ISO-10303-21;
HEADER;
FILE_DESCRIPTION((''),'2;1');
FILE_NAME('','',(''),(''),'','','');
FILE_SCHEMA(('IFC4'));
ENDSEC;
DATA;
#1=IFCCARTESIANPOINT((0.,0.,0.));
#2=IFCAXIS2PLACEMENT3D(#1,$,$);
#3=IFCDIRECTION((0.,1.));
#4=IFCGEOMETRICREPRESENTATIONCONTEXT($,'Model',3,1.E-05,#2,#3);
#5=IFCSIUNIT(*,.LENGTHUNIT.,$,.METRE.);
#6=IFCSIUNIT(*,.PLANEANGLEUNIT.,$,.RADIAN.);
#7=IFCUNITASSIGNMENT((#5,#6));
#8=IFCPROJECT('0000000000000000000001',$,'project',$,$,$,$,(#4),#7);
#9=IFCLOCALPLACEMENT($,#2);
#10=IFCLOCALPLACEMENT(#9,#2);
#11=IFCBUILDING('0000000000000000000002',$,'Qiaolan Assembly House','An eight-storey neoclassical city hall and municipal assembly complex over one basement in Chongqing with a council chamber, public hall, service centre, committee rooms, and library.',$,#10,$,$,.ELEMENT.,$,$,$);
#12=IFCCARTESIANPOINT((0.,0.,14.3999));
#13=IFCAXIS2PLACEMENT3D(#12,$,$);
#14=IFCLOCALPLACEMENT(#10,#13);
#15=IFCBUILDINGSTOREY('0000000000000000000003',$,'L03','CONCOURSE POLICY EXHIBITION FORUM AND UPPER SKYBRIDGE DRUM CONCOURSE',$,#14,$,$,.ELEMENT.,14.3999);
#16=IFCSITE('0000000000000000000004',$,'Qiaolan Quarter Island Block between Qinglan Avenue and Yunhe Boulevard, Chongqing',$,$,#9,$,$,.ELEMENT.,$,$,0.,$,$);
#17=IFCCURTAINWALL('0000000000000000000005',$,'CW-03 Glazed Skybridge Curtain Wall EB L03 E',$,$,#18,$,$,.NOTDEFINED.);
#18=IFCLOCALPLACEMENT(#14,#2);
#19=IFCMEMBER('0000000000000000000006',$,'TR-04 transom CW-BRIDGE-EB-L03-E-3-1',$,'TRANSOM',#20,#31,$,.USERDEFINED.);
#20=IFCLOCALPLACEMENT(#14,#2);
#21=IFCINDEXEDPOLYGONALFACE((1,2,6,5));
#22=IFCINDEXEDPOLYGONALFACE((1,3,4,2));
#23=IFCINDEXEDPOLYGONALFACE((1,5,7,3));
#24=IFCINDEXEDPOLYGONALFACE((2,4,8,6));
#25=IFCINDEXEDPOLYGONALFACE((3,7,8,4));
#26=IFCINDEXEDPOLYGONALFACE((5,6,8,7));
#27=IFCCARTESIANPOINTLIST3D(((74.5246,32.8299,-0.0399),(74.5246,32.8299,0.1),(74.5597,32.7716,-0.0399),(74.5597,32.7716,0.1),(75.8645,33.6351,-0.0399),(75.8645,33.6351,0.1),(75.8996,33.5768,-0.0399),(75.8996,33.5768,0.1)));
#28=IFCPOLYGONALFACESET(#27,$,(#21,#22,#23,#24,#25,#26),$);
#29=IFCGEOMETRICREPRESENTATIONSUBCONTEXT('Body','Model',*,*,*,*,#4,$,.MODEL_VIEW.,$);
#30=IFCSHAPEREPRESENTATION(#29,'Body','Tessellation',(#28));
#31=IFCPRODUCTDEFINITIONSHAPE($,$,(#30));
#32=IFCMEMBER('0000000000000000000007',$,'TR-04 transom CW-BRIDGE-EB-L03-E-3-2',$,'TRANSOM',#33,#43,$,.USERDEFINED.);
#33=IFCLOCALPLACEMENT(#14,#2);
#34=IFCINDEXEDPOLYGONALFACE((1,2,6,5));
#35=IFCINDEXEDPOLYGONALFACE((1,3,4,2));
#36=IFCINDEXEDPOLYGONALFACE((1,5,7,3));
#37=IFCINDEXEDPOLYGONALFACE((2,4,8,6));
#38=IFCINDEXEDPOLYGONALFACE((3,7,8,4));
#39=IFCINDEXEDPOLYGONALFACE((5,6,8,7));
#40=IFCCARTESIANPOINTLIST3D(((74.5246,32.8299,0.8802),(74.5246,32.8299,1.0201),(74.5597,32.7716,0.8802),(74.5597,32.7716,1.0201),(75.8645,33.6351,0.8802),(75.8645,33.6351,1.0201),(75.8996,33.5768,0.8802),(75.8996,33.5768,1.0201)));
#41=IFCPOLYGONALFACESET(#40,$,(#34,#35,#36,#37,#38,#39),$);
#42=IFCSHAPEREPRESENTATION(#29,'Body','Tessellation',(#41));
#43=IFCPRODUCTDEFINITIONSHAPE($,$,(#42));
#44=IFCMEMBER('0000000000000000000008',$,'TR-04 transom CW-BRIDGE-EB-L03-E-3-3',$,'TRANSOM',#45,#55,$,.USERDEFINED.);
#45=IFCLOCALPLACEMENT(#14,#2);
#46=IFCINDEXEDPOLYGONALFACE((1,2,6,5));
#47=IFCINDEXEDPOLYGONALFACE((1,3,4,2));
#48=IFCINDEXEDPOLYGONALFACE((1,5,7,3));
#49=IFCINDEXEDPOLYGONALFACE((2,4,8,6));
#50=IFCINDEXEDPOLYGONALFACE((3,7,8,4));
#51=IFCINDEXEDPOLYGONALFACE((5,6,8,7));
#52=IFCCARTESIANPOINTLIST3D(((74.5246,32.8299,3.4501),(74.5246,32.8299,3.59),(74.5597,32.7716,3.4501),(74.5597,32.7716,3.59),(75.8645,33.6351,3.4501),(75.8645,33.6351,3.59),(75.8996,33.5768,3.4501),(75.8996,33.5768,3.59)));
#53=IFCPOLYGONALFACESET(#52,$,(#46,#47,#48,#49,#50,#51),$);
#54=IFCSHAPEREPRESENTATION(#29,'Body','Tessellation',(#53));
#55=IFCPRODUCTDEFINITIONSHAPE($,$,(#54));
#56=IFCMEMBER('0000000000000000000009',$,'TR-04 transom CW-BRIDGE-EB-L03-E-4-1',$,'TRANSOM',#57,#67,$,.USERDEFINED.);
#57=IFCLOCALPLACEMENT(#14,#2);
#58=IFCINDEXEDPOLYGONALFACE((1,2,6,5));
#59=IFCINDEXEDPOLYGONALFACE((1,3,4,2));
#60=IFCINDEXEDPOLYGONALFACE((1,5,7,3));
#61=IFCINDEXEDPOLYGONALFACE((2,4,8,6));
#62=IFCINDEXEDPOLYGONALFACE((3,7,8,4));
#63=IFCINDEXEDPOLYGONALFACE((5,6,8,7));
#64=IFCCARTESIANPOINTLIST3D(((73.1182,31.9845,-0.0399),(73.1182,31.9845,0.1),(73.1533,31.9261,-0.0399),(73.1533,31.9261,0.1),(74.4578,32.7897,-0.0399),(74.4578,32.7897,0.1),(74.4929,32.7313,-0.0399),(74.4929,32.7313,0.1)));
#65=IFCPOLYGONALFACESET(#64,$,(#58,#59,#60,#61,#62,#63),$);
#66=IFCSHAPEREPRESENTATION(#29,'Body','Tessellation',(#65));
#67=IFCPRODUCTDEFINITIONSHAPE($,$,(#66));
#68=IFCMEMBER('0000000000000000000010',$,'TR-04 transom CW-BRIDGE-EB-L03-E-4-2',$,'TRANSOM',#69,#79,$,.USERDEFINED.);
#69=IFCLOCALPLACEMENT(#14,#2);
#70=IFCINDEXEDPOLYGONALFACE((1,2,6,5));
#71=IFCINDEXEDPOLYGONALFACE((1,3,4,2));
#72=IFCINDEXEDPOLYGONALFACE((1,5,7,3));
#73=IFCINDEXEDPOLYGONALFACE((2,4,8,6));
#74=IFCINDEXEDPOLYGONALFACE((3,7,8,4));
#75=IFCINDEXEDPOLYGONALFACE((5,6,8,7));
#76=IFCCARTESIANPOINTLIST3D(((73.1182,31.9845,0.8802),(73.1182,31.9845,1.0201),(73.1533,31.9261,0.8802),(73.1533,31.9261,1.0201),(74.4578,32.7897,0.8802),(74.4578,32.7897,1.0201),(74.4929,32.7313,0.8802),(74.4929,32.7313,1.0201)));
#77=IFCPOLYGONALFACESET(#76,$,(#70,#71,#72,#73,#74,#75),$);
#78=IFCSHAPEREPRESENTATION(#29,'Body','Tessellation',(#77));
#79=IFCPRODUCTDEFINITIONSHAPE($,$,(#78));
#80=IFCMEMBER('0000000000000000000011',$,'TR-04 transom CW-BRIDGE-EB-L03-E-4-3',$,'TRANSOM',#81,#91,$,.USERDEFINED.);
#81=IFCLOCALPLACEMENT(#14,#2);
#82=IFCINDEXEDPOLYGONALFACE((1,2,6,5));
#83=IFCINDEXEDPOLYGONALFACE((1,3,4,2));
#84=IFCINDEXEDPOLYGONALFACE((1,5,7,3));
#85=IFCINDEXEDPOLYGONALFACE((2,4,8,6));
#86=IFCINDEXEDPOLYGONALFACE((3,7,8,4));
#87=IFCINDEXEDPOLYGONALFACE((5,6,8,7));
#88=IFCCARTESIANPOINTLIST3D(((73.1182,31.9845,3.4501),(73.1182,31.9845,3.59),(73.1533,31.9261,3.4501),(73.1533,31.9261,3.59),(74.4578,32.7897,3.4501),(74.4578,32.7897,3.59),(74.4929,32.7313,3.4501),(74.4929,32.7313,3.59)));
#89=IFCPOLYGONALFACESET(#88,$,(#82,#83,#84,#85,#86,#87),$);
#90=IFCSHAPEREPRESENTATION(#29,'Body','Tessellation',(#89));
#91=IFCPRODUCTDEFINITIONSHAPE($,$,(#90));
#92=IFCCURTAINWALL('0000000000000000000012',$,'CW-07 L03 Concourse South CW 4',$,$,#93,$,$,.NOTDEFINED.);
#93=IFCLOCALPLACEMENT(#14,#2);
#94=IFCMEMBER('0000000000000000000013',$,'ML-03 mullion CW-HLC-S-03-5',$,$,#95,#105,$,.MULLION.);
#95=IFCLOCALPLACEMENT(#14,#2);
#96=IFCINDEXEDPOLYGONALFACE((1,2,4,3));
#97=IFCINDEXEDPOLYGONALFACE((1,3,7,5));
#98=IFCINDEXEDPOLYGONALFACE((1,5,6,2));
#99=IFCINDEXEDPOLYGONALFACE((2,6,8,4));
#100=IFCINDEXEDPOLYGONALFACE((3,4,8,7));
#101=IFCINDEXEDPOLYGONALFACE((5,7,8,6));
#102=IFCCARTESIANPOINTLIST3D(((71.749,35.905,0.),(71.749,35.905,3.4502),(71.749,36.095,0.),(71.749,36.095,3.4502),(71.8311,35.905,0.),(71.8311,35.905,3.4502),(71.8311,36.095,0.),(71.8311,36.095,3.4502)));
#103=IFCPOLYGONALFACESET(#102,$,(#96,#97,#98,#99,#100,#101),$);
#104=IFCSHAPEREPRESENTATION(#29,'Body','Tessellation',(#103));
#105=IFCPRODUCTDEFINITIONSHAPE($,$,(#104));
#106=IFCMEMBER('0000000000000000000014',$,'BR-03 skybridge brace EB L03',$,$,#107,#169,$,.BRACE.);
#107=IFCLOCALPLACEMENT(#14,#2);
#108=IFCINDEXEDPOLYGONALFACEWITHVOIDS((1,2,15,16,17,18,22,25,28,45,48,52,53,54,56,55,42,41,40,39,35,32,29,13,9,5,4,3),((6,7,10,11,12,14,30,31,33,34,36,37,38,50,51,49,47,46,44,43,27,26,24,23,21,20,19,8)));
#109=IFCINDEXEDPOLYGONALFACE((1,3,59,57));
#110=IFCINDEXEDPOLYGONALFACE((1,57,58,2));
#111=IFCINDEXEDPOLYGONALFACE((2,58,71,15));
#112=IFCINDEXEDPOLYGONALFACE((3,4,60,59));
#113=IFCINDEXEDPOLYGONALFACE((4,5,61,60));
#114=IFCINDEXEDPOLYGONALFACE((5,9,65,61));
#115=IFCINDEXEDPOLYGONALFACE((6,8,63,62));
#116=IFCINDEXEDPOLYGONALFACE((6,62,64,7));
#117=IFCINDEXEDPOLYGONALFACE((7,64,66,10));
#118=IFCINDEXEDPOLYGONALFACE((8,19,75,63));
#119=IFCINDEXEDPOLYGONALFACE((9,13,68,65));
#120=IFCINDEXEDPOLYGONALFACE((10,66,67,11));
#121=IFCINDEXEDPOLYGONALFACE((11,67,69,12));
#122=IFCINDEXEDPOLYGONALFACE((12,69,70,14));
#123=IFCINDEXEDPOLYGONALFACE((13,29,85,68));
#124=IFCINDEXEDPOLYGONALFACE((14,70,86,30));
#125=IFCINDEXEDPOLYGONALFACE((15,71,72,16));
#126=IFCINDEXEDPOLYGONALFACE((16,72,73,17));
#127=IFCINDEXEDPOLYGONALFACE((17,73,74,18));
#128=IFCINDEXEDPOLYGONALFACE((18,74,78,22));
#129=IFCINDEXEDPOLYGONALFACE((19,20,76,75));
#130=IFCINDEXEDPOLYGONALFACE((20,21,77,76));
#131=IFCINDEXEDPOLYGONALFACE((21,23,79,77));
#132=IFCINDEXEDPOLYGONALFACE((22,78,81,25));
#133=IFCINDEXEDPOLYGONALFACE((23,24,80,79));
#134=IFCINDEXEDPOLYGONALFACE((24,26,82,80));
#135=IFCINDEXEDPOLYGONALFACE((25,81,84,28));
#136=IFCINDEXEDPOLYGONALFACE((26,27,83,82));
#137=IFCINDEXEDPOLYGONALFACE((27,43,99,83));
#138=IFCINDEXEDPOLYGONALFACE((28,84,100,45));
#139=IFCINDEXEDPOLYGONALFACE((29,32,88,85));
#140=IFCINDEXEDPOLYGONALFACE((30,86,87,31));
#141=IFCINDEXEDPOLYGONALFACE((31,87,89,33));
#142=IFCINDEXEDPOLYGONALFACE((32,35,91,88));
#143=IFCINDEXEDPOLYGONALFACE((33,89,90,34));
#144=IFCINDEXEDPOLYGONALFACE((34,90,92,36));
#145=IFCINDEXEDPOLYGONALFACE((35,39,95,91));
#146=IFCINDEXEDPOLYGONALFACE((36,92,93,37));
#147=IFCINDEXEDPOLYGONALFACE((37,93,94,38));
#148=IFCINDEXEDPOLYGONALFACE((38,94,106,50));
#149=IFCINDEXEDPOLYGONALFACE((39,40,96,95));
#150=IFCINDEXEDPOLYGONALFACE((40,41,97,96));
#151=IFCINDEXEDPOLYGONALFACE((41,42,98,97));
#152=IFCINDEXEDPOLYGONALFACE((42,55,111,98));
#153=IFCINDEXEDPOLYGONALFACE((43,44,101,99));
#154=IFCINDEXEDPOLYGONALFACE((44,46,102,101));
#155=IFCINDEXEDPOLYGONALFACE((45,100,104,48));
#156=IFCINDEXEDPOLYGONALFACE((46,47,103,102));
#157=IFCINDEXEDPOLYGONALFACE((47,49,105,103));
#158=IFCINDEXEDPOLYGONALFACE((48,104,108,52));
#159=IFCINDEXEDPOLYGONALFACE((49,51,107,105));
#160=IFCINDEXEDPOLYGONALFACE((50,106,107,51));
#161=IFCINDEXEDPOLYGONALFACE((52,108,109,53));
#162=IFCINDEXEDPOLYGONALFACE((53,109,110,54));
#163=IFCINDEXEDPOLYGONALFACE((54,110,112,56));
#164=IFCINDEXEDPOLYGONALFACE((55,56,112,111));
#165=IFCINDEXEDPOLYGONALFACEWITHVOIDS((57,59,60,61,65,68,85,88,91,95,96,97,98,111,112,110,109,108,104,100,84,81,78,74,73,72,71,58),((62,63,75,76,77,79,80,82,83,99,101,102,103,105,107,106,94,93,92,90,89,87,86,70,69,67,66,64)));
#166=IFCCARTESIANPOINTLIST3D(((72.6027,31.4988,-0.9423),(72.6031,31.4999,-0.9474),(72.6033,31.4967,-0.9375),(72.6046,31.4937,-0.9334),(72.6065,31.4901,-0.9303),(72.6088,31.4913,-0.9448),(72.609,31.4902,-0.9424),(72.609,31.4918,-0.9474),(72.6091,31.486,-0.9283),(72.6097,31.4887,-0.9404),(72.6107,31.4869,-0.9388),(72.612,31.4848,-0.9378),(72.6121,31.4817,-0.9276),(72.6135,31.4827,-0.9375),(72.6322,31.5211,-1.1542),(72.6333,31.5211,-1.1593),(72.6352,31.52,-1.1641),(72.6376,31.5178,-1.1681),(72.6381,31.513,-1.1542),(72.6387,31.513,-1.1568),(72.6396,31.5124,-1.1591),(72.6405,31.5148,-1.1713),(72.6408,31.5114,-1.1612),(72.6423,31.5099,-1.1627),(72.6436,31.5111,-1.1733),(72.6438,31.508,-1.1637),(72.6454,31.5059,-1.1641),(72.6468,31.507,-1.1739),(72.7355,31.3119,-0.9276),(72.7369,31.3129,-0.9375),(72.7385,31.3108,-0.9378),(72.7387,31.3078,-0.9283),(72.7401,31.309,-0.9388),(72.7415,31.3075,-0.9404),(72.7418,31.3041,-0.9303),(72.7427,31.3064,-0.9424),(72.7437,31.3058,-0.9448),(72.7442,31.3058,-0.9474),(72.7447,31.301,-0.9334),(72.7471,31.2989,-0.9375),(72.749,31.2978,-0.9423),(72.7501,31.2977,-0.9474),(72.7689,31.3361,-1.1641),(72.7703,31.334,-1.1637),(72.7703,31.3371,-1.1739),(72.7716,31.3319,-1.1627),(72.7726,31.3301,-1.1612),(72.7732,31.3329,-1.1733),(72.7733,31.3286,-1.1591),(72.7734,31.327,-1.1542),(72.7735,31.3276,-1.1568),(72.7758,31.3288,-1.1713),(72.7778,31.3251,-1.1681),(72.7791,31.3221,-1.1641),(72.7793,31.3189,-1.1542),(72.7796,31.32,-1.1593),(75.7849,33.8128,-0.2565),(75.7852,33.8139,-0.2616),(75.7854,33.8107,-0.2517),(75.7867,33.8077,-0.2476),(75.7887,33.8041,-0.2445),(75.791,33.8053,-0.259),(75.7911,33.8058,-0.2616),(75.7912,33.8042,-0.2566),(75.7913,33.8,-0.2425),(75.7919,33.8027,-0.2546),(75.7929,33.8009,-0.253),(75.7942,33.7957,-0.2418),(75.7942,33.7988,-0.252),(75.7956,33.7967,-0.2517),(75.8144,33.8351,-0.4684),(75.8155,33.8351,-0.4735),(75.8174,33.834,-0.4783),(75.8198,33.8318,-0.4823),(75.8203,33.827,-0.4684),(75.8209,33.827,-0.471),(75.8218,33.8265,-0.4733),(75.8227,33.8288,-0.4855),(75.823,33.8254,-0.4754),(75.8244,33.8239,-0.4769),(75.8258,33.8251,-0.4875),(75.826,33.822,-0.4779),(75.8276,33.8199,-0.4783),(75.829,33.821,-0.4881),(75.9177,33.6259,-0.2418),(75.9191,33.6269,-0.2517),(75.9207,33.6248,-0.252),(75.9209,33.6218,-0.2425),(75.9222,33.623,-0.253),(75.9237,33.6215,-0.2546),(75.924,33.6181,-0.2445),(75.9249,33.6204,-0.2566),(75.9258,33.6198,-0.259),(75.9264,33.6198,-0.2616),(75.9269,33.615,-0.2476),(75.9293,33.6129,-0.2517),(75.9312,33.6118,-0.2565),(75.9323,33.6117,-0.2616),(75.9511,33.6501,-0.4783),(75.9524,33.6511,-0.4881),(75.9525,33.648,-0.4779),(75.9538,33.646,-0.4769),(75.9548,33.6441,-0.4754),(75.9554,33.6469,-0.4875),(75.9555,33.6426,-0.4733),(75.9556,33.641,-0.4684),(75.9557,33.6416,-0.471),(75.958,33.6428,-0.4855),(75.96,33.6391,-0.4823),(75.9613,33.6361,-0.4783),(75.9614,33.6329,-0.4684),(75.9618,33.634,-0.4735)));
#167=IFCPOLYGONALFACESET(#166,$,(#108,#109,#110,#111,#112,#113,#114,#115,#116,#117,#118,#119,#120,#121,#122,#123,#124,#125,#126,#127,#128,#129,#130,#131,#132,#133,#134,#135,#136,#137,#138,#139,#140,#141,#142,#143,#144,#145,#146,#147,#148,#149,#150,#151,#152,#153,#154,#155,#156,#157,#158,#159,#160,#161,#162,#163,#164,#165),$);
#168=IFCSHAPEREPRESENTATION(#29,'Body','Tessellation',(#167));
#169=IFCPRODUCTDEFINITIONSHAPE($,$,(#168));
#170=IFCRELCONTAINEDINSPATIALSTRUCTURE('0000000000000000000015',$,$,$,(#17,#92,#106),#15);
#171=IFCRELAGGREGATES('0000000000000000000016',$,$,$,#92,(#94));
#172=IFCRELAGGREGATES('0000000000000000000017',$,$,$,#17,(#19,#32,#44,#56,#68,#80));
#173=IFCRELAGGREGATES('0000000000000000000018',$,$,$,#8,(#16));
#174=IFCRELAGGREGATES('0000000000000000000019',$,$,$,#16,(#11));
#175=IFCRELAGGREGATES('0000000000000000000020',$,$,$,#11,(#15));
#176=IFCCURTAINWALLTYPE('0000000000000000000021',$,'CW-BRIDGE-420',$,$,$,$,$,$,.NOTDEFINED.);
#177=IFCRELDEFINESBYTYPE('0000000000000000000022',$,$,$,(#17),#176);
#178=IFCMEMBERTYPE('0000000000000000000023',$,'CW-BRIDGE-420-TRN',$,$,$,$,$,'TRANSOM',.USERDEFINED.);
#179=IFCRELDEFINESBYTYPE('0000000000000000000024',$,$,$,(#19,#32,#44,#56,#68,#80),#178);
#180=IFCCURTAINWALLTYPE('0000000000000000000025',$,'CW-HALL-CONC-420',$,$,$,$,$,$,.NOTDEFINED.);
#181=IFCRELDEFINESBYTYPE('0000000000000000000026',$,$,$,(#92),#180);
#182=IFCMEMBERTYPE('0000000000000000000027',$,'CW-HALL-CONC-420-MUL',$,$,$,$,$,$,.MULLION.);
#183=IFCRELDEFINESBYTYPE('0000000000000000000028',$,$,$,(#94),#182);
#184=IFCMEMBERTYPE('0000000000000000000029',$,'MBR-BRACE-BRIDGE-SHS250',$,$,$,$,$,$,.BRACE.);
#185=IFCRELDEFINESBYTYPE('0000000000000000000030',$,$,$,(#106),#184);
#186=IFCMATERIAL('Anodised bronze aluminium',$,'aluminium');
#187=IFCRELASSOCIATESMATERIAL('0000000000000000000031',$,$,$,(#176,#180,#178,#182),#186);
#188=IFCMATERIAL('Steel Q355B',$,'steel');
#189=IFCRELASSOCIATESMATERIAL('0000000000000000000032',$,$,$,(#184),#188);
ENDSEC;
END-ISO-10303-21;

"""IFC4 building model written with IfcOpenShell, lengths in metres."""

from ifc_helpers import new_model, si_unit, direction, frame, origin, origin_2d, place, context, subcontext, project, spatial, rectangle, hollow_rectangle, extrude, material, material_profile, profile_set, type_object, element, aggregate, save


model = new_model("IFC4")

# Units and contexts
model_context = context("Model", 3, precision=1e-05, world=origin(), true_north=direction((0.0, 1.0)))
body_context = subcontext(model_context, "Body", "Model", "MODEL_VIEW")
ifc_project = project(units=[si_unit("LENGTHUNIT", "METRE"), si_unit("PLANEANGLEUNIT", "RADIAN")], contexts=[model_context])

# Site, building, storey
site_placement = place(None, origin())
site = spatial("IfcSite", under=ifc_project, at=site_placement, Name="Qiaolan Quarter Island Block between Qinglan Avenue and Yunhe Boulevard, Chongqing", CompositionType="ELEMENT", RefElevation=0.0)
building_placement = place(site_placement, origin())
building = spatial("IfcBuilding", under=site, at=building_placement, Name="Qiaolan Assembly House", Description="An eight-storey neoclassical city hall and municipal assembly complex over one basement in Chongqing with a council chamber, public hall, service centre, committee rooms, and library.", CompositionType="ELEMENT")
storey_placement = place(building_placement, frame((0.0, 0.0, 14.3999)))
storey = spatial("IfcBuildingStorey", under=building, at=storey_placement, Name="L03", Description="CONCOURSE POLICY EXHIBITION FORUM AND UPPER SKYBRIDGE DRUM CONCOURSE", CompositionType="ELEMENT", Elevation=14.3999)

# Shared definitions
ifc_material_1 = material(Name="Steel Q355B", Category="steel")

# Shared definitions
ifc_material_2 = material(Name="Anodised bronze aluminium", Category="aluminium")
curtain_wall_type_1 = type_object("IfcCurtainWallType", Name="CW-BRIDGE-420", PredefinedType="NOTDEFINED", material=ifc_material_2)

# Curtain wall
curtain_wall_1_placement = place(storey_placement, origin())
curtain_wall_1 = element("IfcCurtainWall", 1, at=curtain_wall_1_placement, inside=storey, type_object=curtain_wall_type_1, Name="CW-03 Glazed Skybridge Curtain Wall EB L03 E", PredefinedType="NOTDEFINED")

# Members
ifc_material_profile_1 = material_profile(ifc_material_2, rectangle(XDim=0.0681, YDim=0.1399, at=origin_2d()), Name="TRN 68x140")
ifc_profile_set_1 = profile_set([ifc_material_profile_1], Name="Anodised bronze aluminium")
member_type_1 = type_object("IfcMemberType", Name="CW-BRIDGE-420-TRN", ElementType="TRANSOM", PredefinedType="USERDEFINED", material=ifc_profile_set_1)
member_1_placement = place(storey_placement, frame((75.8821, 33.606, 0.03), z_axis=(-0.857134, -0.515093, 0.0), x_axis=(0.515093, -0.857134, 0.0)))
member_1 = element("IfcMember", 2, at=member_1_placement, type_object=member_type_1, Name="TR-04 transom CW-BRIDGE-EB-L03-E-3-1", ObjectType="TRANSOM", PredefinedType="USERDEFINED", context=body_context, shape_type="SweptSolid", body=[
    extrude(rectangle(XDim=0.0681, YDim=0.1399, at=origin_2d()), origin(), (0.0, 0.0, 1.0), 1.5632),
])
member_2_placement = place(storey_placement, frame((75.8821, 33.606, 0.9502), z_axis=(-0.857134, -0.515093, 0.0), x_axis=(0.515093, -0.857134, 0.0)))
member_2 = element("IfcMember", 3, at=member_2_placement, type_object=member_type_1, Name="TR-04 transom CW-BRIDGE-EB-L03-E-3-2", ObjectType="TRANSOM", PredefinedType="USERDEFINED", context=body_context, shape_type="SweptSolid", body=[
    extrude(rectangle(XDim=0.0681, YDim=0.1399, at=origin_2d()), origin(), (0.0, 0.0, 1.0), 1.5632),
])
member_3_placement = place(storey_placement, frame((75.8821, 33.606, 3.52), z_axis=(-0.857134, -0.515093, 0.0), x_axis=(0.515093, -0.857134, 0.0)))
member_3 = element("IfcMember", 4, at=member_3_placement, type_object=member_type_1, Name="TR-04 transom CW-BRIDGE-EB-L03-E-3-3", ObjectType="TRANSOM", PredefinedType="USERDEFINED", context=body_context, shape_type="SweptSolid", body=[
    extrude(rectangle(XDim=0.0681, YDim=0.1399, at=origin_2d()), origin(), (0.0, 0.0, 1.0), 1.5632),
])
member_4_placement = place(storey_placement, frame((74.4753, 32.7605, 0.03), z_axis=(-0.857093, -0.515162, 0.0), x_axis=(0.515162, -0.857093, 0.0)))
member_4 = element("IfcMember", 5, at=member_4_placement, type_object=member_type_1, Name="TR-04 transom CW-BRIDGE-EB-L03-E-4-1", ObjectType="TRANSOM", PredefinedType="USERDEFINED", context=body_context, shape_type="SweptSolid", body=[
    extrude(rectangle(XDim=0.0681, YDim=0.1399, at=origin_2d()), origin(), (0.0, 0.0, 1.0), 1.563),
])
member_5_placement = place(storey_placement, frame((74.4753, 32.7605, 0.9502), z_axis=(-0.857093, -0.515162, 0.0), x_axis=(0.515162, -0.857093, 0.0)))
member_5 = element("IfcMember", 6, at=member_5_placement, type_object=member_type_1, Name="TR-04 transom CW-BRIDGE-EB-L03-E-4-2", ObjectType="TRANSOM", PredefinedType="USERDEFINED", context=body_context, shape_type="SweptSolid", body=[
    extrude(rectangle(XDim=0.0681, YDim=0.1399, at=origin_2d()), origin(), (0.0, 0.0, 1.0), 1.563),
])
member_6_placement = place(storey_placement, frame((74.4753, 32.7605, 3.52), z_axis=(-0.857093, -0.515162, 0.0), x_axis=(0.515162, -0.857093, 0.0)))
member_6 = element("IfcMember", 7, at=member_6_placement, type_object=member_type_1, Name="TR-04 transom CW-BRIDGE-EB-L03-E-4-3", ObjectType="TRANSOM", PredefinedType="USERDEFINED", context=body_context, shape_type="SweptSolid", body=[
    extrude(rectangle(XDim=0.0681, YDim=0.1399, at=origin_2d()), origin(), (0.0, 0.0, 1.0), 1.563),
])

# Curtain wall, member
curtain_wall_type_2 = type_object("IfcCurtainWallType", Name="CW-HALL-CONC-420", PredefinedType="NOTDEFINED", material=ifc_material_2)
curtain_wall_2_placement = place(storey_placement, origin())
curtain_wall_2 = element("IfcCurtainWall", 8, at=curtain_wall_2_placement, inside=storey, type_object=curtain_wall_type_2, Name="CW-07 L03 Concourse South CW 4", PredefinedType="NOTDEFINED")
ifc_material_profile_2 = material_profile(ifc_material_2, rectangle(XDim=0.082, YDim=0.1899, at=origin_2d()), Name="MUL 82x190")
ifc_profile_set_2 = profile_set([ifc_material_profile_2], Name="Anodised bronze aluminium")
member_type_2 = type_object("IfcMemberType", Name="CW-HALL-CONC-420-MUL", PredefinedType="MULLION", material=ifc_profile_set_2)
member_7_placement = place(storey_placement, frame((71.79, 36.0, 0.0), z_axis=(0.0, 0.0, 1.0), x_axis=(1.0, 0.0, 0.0)))
member_7 = element("IfcMember", 9, at=member_7_placement, type_object=member_type_2, Name="ML-03 mullion CW-HLC-S-03-5", PredefinedType="MULLION", context=body_context, shape_type="SweptSolid", body=[
    extrude(rectangle(XDim=0.082, YDim=0.1899, at=origin_2d()), origin(), (0.0, 0.0, 1.0), 3.4502),
])
aggregate(curtain_wall_2, [member_7])

# Member
ifc_material_profile_3 = material_profile(ifc_material_1, hollow_rectangle(XDim=0.25, YDim=0.25, WallThickness=0.01, InnerFilletRadius=0.01, OuterFilletRadius=0.02, at=origin_2d()), Name="SHS 250x250x10")
ifc_profile_set_3 = profile_set([ifc_material_profile_3], Name="Steel Q355B")
member_type_3 = type_object("IfcMemberType", Name="MBR-BRACE-BRIDGE-SHS250", PredefinedType="BRACE", material=ifc_profile_set_3)
member_8_placement = place(storey_placement, frame((72.6912, 31.4094, -1.0508), z_axis=(0.796761, 0.579385, 0.171713), x_axis=(-0.58812, 0.808774, 0.0)))
element("IfcMember", 10, at=member_8_placement, inside=storey, type_object=member_type_3, Name="BR-03 skybridge brace EB L03", PredefinedType="BRACE", context=body_context, shape_type="SweptSolid", body=[
    extrude(hollow_rectangle(XDim=0.25, YDim=0.25, WallThickness=0.01, InnerFilletRadius=0.01, OuterFilletRadius=0.02, at=origin_2d()), origin(), (0.0, 0.0, 1.0), 3.9939),
])

aggregate(curtain_wall_1, [member_1, member_2, member_3, member_4, member_5, member_6])

save(model, "model.ifc")
